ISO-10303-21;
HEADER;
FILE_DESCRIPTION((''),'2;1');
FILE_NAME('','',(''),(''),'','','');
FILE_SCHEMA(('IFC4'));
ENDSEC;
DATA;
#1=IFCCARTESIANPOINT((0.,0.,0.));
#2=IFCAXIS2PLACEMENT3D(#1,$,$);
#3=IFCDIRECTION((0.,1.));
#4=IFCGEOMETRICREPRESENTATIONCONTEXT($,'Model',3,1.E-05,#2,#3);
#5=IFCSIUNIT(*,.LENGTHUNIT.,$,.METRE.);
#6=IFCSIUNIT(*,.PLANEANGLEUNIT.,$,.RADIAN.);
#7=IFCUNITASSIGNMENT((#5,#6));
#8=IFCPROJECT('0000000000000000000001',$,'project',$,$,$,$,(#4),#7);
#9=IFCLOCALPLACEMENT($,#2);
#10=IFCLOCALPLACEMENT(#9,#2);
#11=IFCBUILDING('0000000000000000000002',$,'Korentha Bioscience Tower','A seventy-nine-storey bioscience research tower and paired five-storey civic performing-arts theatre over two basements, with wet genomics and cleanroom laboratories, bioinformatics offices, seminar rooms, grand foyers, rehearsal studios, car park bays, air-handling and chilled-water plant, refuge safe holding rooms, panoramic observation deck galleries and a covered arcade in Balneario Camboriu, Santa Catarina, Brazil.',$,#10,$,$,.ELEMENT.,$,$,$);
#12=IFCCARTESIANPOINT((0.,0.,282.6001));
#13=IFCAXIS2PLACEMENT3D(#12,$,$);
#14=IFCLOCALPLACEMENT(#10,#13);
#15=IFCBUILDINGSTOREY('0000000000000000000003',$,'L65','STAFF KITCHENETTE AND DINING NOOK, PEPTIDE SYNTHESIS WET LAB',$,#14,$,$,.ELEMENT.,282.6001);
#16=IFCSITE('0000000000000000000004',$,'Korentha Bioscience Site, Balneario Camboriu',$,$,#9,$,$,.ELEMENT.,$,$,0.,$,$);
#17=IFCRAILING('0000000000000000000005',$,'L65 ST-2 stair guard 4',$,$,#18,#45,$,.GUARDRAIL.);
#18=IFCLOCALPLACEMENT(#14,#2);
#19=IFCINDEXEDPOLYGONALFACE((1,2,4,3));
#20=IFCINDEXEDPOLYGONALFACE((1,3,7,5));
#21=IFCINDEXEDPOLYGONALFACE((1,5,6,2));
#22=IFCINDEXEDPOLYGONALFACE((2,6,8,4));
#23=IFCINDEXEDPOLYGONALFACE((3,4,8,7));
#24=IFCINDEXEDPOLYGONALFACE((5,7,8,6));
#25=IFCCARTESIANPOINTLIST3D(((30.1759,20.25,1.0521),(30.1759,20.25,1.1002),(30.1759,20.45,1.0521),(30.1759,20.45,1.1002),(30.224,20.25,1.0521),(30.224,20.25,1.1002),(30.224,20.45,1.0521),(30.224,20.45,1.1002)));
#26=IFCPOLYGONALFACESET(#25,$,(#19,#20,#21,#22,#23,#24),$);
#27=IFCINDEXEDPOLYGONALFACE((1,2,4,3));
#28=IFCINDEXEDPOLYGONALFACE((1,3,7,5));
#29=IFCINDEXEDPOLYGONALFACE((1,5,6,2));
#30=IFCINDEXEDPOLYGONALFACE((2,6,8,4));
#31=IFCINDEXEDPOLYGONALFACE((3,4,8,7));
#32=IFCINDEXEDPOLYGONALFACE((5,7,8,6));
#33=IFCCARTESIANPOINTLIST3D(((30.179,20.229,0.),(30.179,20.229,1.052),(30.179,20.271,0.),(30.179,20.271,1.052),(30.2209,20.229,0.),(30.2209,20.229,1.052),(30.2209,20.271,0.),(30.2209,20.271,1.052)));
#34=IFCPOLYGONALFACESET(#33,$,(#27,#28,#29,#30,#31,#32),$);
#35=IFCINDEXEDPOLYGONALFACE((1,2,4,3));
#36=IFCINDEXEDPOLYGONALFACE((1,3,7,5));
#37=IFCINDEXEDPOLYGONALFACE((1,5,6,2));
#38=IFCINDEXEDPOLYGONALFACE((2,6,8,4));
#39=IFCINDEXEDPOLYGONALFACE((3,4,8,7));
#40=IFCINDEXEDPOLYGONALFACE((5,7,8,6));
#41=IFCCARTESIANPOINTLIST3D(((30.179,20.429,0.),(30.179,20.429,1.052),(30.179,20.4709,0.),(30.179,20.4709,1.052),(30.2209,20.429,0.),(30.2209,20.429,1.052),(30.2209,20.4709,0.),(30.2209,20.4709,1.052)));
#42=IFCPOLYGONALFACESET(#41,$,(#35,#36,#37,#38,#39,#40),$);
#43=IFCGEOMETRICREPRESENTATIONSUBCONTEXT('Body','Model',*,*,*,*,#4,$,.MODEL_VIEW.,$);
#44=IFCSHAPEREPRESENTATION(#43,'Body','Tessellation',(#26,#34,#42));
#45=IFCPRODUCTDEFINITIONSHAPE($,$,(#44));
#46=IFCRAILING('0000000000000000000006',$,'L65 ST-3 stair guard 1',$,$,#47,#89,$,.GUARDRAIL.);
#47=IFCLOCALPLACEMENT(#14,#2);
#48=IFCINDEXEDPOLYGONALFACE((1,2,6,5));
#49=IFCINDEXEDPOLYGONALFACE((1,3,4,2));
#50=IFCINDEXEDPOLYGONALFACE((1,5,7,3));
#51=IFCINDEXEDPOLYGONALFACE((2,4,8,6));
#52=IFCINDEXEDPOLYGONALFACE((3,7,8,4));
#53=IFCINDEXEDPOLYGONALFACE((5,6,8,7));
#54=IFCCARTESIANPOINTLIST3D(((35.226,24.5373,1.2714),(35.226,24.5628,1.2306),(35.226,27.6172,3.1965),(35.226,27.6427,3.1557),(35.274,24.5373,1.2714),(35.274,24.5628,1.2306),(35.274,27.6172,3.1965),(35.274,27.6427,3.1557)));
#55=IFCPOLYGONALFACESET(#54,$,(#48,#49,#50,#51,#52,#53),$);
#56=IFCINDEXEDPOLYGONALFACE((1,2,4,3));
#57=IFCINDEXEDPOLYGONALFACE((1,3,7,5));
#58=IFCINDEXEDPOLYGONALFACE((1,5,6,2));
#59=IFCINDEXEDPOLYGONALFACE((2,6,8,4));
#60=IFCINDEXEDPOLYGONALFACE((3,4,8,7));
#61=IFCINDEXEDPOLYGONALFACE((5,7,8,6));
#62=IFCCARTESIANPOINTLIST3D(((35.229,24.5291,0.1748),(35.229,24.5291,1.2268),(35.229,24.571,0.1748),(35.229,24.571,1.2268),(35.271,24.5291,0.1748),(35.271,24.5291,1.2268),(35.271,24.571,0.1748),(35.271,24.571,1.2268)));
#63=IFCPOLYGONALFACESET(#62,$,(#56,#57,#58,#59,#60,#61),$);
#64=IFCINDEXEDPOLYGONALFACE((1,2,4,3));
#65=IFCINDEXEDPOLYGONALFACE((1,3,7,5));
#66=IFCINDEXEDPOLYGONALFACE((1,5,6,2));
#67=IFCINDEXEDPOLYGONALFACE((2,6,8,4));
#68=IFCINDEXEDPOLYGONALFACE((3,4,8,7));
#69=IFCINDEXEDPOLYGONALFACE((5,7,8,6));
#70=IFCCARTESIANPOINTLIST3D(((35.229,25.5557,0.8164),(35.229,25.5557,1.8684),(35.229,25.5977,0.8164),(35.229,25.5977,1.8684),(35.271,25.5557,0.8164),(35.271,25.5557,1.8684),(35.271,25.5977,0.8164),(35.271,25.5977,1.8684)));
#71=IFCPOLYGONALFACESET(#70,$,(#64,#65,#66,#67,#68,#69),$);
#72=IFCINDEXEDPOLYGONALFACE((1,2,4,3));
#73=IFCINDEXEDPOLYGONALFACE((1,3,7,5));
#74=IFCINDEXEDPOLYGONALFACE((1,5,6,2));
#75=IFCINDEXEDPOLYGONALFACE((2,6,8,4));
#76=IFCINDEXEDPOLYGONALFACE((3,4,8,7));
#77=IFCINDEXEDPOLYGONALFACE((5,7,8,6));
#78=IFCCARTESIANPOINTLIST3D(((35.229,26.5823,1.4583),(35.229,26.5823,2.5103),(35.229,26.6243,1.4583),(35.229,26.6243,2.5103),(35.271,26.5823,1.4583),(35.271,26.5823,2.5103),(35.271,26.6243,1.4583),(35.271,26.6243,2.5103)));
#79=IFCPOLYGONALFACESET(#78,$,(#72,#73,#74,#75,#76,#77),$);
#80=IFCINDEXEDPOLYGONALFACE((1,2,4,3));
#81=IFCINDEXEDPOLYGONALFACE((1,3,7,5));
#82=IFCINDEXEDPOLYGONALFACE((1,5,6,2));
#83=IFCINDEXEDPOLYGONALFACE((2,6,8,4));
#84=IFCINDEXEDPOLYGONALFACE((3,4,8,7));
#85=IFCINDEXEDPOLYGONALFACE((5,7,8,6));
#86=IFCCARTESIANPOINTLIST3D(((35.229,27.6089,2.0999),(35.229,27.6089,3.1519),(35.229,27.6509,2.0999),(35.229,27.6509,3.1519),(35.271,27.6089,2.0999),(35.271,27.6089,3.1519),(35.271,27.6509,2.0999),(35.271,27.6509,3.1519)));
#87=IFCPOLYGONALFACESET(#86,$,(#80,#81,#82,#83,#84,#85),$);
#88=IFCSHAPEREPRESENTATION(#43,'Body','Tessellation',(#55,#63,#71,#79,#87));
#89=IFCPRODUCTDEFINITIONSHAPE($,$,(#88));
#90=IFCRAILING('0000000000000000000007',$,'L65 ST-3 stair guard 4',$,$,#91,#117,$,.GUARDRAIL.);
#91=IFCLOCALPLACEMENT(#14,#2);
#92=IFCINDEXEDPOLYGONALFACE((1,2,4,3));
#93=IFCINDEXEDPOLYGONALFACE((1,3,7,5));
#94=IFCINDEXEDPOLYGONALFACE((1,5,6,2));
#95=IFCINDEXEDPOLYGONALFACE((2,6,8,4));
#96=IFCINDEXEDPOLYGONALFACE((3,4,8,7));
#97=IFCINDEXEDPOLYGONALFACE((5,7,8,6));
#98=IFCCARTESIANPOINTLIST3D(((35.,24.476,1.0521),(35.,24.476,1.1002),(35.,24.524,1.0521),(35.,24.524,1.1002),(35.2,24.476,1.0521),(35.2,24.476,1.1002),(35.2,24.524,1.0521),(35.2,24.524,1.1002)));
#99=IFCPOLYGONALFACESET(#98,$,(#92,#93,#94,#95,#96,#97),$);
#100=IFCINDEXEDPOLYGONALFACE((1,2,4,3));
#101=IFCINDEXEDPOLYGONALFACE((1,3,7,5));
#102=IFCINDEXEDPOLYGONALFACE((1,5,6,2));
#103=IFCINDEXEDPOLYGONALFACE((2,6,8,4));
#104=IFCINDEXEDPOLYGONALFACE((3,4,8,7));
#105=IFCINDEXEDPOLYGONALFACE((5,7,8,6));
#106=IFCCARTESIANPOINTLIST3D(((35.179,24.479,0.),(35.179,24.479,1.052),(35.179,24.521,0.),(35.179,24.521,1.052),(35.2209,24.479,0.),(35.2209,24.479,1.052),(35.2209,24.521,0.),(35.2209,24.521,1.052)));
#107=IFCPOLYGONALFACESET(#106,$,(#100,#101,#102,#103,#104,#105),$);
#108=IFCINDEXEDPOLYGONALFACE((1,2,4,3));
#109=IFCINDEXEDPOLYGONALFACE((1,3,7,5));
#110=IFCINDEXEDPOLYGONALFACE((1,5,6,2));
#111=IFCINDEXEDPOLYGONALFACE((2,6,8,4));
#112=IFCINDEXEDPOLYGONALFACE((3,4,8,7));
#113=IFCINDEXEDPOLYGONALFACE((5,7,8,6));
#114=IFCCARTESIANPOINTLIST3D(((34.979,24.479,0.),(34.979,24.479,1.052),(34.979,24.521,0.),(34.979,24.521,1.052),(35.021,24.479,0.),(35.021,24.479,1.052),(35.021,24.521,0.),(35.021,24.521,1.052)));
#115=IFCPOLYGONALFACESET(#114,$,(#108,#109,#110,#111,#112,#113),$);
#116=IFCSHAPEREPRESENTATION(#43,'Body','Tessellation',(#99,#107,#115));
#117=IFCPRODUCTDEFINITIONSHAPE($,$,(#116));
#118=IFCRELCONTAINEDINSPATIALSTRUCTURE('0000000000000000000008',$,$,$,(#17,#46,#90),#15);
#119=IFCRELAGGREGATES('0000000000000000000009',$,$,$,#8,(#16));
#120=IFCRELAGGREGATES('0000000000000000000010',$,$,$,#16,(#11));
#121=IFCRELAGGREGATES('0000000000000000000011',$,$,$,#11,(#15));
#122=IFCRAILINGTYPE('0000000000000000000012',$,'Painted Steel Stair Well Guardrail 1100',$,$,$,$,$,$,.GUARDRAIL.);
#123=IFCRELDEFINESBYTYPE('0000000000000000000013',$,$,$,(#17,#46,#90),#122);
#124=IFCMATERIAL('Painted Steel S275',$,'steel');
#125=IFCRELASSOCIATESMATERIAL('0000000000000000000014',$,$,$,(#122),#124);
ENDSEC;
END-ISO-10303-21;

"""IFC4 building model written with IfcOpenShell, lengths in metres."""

from ifc_helpers import new_model, si_unit, direction, frame, origin, origin_2d, place, context, subcontext, project, spatial, rectangle, extrude, material, type_object, element, save


model = new_model("IFC4")

# Units and contexts
model_context = context("Model", 3, precision=1e-05, world=origin(), true_north=direction((0.0, 1.0)))
body_context = subcontext(model_context, "Body", "Model", "MODEL_VIEW")
ifc_project = project(units=[si_unit("LENGTHUNIT", "METRE"), si_unit("PLANEANGLEUNIT", "RADIAN")], contexts=[model_context])

# Site, building, storey
site_placement = place(None, origin())
site = spatial("IfcSite", under=ifc_project, at=site_placement, Name="Korentha Bioscience Site, Balneario Camboriu", CompositionType="ELEMENT", RefElevation=0.0)
building_placement = place(site_placement, origin())
building = spatial("IfcBuilding", under=site, at=building_placement, Name="Korentha Bioscience Tower", Description="A seventy-nine-storey bioscience research tower and paired five-storey civic performing-arts theatre over two basements, with wet genomics and cleanroom laboratories, bioinformatics offices, seminar rooms, grand foyers, rehearsal studios, car park bays, air-handling and chilled-water plant, refuge safe holding rooms, panoramic observation deck galleries and a covered arcade in Balneario Camboriu, Santa Catarina, Brazil.", CompositionType="ELEMENT")
storey_placement = place(building_placement, frame((0.0, 0.0, 282.6001)))
storey = spatial("IfcBuildingStorey", under=building, at=storey_placement, Name="L65", Description="STAFF KITCHENETTE AND DINING NOOK, PEPTIDE SYNTHESIS WET LAB", CompositionType="ELEMENT", Elevation=282.6001)

# Railings
ifc_material_1 = material(Name="Painted Steel S275", Category="steel")
railing_type_1 = type_object("IfcRailingType", Name="Painted Steel Stair Well Guardrail 1100", PredefinedType="GUARDRAIL", material=ifc_material_1)
railing_1_placement = place(storey_placement, frame((30.2, 20.25, 0.0)))
element("IfcRailing", 1, at=railing_1_placement, inside=storey, type_object=railing_type_1, Name="L65 ST-2 stair guard 4", PredefinedType="GUARDRAIL", context=body_context, shape_type="SweptSolid", body=[
    extrude(rectangle(XDim=0.0481, YDim=0.0481, at=origin_2d()), frame((0.0, 0.0, 1.0762), z_axis=(0.0, 1.0, 0.0), x_axis=(-1.0, 0.0, 0.0)), (0.0, 0.0, 1.0), 0.2),
    extrude(rectangle(XDim=0.042, YDim=0.042, at=origin_2d()), origin(), (0.0, 0.0, 1.0), 1.052),
    extrude(rectangle(XDim=0.042, YDim=0.042, at=origin_2d()), frame((0.0, 0.2, 0.0)), (0.0, 0.0, 1.0), 1.052),
])
railing_2_placement = place(storey_placement, frame((35.25, 24.55, 0.1748)))
element("IfcRailing", 2, at=railing_2_placement, inside=storey, type_object=railing_type_1, Name="L65 ST-3 stair guard 1", PredefinedType="GUARDRAIL", context=body_context, shape_type="SweptSolid", body=[
    extrude(rectangle(XDim=0.0481, YDim=0.0481, at=origin_2d()), frame((0.0, 0.0, 1.0762), z_axis=(0.0, 0.847979, 0.530029), x_axis=(-1.0, 0.0, 0.0)), (0.0, 0.0, 1.0), 3.6321),
    extrude(rectangle(XDim=0.042, YDim=0.042, at=origin_2d()), origin(), (0.0, 0.0, 1.0), 1.052),
    extrude(rectangle(XDim=0.042, YDim=0.042, at=origin_2d()), frame((0.0, 1.0266, 0.6416)), (0.0, 0.0, 1.0), 1.052),
    extrude(rectangle(XDim=0.042, YDim=0.042, at=origin_2d()), frame((0.0, 2.0532, 1.2834)), (0.0, 0.0, 1.0), 1.052),
    extrude(rectangle(XDim=0.042, YDim=0.042, at=origin_2d()), frame((0.0, 3.0798, 1.925)), (0.0, 0.0, 1.0), 1.052),
])
railing_3_placement = place(storey_placement, frame((35.2, 24.5, 0.0)))
element("IfcRailing", 3, at=railing_3_placement, inside=storey, type_object=railing_type_1, Name="L65 ST-3 stair guard 4", PredefinedType="GUARDRAIL", context=body_context, shape_type="SweptSolid", body=[
    extrude(rectangle(XDim=0.0481, YDim=0.0481, at=origin_2d()), frame((0.0, 0.0, 1.0762), z_axis=(-1.0, 0.0, 0.0), x_axis=(0.0, -1.0, 0.0)), (0.0, 0.0, 1.0), 0.2),
    extrude(rectangle(XDim=0.042, YDim=0.042, at=origin_2d()), origin(), (0.0, 0.0, 1.0), 1.052),
    extrude(rectangle(XDim=0.042, YDim=0.042, at=origin_2d()), frame((-0.2, 0.0, 0.0)), (0.0, 0.0, 1.0), 1.052),
])

save(model, "model.ifc")
